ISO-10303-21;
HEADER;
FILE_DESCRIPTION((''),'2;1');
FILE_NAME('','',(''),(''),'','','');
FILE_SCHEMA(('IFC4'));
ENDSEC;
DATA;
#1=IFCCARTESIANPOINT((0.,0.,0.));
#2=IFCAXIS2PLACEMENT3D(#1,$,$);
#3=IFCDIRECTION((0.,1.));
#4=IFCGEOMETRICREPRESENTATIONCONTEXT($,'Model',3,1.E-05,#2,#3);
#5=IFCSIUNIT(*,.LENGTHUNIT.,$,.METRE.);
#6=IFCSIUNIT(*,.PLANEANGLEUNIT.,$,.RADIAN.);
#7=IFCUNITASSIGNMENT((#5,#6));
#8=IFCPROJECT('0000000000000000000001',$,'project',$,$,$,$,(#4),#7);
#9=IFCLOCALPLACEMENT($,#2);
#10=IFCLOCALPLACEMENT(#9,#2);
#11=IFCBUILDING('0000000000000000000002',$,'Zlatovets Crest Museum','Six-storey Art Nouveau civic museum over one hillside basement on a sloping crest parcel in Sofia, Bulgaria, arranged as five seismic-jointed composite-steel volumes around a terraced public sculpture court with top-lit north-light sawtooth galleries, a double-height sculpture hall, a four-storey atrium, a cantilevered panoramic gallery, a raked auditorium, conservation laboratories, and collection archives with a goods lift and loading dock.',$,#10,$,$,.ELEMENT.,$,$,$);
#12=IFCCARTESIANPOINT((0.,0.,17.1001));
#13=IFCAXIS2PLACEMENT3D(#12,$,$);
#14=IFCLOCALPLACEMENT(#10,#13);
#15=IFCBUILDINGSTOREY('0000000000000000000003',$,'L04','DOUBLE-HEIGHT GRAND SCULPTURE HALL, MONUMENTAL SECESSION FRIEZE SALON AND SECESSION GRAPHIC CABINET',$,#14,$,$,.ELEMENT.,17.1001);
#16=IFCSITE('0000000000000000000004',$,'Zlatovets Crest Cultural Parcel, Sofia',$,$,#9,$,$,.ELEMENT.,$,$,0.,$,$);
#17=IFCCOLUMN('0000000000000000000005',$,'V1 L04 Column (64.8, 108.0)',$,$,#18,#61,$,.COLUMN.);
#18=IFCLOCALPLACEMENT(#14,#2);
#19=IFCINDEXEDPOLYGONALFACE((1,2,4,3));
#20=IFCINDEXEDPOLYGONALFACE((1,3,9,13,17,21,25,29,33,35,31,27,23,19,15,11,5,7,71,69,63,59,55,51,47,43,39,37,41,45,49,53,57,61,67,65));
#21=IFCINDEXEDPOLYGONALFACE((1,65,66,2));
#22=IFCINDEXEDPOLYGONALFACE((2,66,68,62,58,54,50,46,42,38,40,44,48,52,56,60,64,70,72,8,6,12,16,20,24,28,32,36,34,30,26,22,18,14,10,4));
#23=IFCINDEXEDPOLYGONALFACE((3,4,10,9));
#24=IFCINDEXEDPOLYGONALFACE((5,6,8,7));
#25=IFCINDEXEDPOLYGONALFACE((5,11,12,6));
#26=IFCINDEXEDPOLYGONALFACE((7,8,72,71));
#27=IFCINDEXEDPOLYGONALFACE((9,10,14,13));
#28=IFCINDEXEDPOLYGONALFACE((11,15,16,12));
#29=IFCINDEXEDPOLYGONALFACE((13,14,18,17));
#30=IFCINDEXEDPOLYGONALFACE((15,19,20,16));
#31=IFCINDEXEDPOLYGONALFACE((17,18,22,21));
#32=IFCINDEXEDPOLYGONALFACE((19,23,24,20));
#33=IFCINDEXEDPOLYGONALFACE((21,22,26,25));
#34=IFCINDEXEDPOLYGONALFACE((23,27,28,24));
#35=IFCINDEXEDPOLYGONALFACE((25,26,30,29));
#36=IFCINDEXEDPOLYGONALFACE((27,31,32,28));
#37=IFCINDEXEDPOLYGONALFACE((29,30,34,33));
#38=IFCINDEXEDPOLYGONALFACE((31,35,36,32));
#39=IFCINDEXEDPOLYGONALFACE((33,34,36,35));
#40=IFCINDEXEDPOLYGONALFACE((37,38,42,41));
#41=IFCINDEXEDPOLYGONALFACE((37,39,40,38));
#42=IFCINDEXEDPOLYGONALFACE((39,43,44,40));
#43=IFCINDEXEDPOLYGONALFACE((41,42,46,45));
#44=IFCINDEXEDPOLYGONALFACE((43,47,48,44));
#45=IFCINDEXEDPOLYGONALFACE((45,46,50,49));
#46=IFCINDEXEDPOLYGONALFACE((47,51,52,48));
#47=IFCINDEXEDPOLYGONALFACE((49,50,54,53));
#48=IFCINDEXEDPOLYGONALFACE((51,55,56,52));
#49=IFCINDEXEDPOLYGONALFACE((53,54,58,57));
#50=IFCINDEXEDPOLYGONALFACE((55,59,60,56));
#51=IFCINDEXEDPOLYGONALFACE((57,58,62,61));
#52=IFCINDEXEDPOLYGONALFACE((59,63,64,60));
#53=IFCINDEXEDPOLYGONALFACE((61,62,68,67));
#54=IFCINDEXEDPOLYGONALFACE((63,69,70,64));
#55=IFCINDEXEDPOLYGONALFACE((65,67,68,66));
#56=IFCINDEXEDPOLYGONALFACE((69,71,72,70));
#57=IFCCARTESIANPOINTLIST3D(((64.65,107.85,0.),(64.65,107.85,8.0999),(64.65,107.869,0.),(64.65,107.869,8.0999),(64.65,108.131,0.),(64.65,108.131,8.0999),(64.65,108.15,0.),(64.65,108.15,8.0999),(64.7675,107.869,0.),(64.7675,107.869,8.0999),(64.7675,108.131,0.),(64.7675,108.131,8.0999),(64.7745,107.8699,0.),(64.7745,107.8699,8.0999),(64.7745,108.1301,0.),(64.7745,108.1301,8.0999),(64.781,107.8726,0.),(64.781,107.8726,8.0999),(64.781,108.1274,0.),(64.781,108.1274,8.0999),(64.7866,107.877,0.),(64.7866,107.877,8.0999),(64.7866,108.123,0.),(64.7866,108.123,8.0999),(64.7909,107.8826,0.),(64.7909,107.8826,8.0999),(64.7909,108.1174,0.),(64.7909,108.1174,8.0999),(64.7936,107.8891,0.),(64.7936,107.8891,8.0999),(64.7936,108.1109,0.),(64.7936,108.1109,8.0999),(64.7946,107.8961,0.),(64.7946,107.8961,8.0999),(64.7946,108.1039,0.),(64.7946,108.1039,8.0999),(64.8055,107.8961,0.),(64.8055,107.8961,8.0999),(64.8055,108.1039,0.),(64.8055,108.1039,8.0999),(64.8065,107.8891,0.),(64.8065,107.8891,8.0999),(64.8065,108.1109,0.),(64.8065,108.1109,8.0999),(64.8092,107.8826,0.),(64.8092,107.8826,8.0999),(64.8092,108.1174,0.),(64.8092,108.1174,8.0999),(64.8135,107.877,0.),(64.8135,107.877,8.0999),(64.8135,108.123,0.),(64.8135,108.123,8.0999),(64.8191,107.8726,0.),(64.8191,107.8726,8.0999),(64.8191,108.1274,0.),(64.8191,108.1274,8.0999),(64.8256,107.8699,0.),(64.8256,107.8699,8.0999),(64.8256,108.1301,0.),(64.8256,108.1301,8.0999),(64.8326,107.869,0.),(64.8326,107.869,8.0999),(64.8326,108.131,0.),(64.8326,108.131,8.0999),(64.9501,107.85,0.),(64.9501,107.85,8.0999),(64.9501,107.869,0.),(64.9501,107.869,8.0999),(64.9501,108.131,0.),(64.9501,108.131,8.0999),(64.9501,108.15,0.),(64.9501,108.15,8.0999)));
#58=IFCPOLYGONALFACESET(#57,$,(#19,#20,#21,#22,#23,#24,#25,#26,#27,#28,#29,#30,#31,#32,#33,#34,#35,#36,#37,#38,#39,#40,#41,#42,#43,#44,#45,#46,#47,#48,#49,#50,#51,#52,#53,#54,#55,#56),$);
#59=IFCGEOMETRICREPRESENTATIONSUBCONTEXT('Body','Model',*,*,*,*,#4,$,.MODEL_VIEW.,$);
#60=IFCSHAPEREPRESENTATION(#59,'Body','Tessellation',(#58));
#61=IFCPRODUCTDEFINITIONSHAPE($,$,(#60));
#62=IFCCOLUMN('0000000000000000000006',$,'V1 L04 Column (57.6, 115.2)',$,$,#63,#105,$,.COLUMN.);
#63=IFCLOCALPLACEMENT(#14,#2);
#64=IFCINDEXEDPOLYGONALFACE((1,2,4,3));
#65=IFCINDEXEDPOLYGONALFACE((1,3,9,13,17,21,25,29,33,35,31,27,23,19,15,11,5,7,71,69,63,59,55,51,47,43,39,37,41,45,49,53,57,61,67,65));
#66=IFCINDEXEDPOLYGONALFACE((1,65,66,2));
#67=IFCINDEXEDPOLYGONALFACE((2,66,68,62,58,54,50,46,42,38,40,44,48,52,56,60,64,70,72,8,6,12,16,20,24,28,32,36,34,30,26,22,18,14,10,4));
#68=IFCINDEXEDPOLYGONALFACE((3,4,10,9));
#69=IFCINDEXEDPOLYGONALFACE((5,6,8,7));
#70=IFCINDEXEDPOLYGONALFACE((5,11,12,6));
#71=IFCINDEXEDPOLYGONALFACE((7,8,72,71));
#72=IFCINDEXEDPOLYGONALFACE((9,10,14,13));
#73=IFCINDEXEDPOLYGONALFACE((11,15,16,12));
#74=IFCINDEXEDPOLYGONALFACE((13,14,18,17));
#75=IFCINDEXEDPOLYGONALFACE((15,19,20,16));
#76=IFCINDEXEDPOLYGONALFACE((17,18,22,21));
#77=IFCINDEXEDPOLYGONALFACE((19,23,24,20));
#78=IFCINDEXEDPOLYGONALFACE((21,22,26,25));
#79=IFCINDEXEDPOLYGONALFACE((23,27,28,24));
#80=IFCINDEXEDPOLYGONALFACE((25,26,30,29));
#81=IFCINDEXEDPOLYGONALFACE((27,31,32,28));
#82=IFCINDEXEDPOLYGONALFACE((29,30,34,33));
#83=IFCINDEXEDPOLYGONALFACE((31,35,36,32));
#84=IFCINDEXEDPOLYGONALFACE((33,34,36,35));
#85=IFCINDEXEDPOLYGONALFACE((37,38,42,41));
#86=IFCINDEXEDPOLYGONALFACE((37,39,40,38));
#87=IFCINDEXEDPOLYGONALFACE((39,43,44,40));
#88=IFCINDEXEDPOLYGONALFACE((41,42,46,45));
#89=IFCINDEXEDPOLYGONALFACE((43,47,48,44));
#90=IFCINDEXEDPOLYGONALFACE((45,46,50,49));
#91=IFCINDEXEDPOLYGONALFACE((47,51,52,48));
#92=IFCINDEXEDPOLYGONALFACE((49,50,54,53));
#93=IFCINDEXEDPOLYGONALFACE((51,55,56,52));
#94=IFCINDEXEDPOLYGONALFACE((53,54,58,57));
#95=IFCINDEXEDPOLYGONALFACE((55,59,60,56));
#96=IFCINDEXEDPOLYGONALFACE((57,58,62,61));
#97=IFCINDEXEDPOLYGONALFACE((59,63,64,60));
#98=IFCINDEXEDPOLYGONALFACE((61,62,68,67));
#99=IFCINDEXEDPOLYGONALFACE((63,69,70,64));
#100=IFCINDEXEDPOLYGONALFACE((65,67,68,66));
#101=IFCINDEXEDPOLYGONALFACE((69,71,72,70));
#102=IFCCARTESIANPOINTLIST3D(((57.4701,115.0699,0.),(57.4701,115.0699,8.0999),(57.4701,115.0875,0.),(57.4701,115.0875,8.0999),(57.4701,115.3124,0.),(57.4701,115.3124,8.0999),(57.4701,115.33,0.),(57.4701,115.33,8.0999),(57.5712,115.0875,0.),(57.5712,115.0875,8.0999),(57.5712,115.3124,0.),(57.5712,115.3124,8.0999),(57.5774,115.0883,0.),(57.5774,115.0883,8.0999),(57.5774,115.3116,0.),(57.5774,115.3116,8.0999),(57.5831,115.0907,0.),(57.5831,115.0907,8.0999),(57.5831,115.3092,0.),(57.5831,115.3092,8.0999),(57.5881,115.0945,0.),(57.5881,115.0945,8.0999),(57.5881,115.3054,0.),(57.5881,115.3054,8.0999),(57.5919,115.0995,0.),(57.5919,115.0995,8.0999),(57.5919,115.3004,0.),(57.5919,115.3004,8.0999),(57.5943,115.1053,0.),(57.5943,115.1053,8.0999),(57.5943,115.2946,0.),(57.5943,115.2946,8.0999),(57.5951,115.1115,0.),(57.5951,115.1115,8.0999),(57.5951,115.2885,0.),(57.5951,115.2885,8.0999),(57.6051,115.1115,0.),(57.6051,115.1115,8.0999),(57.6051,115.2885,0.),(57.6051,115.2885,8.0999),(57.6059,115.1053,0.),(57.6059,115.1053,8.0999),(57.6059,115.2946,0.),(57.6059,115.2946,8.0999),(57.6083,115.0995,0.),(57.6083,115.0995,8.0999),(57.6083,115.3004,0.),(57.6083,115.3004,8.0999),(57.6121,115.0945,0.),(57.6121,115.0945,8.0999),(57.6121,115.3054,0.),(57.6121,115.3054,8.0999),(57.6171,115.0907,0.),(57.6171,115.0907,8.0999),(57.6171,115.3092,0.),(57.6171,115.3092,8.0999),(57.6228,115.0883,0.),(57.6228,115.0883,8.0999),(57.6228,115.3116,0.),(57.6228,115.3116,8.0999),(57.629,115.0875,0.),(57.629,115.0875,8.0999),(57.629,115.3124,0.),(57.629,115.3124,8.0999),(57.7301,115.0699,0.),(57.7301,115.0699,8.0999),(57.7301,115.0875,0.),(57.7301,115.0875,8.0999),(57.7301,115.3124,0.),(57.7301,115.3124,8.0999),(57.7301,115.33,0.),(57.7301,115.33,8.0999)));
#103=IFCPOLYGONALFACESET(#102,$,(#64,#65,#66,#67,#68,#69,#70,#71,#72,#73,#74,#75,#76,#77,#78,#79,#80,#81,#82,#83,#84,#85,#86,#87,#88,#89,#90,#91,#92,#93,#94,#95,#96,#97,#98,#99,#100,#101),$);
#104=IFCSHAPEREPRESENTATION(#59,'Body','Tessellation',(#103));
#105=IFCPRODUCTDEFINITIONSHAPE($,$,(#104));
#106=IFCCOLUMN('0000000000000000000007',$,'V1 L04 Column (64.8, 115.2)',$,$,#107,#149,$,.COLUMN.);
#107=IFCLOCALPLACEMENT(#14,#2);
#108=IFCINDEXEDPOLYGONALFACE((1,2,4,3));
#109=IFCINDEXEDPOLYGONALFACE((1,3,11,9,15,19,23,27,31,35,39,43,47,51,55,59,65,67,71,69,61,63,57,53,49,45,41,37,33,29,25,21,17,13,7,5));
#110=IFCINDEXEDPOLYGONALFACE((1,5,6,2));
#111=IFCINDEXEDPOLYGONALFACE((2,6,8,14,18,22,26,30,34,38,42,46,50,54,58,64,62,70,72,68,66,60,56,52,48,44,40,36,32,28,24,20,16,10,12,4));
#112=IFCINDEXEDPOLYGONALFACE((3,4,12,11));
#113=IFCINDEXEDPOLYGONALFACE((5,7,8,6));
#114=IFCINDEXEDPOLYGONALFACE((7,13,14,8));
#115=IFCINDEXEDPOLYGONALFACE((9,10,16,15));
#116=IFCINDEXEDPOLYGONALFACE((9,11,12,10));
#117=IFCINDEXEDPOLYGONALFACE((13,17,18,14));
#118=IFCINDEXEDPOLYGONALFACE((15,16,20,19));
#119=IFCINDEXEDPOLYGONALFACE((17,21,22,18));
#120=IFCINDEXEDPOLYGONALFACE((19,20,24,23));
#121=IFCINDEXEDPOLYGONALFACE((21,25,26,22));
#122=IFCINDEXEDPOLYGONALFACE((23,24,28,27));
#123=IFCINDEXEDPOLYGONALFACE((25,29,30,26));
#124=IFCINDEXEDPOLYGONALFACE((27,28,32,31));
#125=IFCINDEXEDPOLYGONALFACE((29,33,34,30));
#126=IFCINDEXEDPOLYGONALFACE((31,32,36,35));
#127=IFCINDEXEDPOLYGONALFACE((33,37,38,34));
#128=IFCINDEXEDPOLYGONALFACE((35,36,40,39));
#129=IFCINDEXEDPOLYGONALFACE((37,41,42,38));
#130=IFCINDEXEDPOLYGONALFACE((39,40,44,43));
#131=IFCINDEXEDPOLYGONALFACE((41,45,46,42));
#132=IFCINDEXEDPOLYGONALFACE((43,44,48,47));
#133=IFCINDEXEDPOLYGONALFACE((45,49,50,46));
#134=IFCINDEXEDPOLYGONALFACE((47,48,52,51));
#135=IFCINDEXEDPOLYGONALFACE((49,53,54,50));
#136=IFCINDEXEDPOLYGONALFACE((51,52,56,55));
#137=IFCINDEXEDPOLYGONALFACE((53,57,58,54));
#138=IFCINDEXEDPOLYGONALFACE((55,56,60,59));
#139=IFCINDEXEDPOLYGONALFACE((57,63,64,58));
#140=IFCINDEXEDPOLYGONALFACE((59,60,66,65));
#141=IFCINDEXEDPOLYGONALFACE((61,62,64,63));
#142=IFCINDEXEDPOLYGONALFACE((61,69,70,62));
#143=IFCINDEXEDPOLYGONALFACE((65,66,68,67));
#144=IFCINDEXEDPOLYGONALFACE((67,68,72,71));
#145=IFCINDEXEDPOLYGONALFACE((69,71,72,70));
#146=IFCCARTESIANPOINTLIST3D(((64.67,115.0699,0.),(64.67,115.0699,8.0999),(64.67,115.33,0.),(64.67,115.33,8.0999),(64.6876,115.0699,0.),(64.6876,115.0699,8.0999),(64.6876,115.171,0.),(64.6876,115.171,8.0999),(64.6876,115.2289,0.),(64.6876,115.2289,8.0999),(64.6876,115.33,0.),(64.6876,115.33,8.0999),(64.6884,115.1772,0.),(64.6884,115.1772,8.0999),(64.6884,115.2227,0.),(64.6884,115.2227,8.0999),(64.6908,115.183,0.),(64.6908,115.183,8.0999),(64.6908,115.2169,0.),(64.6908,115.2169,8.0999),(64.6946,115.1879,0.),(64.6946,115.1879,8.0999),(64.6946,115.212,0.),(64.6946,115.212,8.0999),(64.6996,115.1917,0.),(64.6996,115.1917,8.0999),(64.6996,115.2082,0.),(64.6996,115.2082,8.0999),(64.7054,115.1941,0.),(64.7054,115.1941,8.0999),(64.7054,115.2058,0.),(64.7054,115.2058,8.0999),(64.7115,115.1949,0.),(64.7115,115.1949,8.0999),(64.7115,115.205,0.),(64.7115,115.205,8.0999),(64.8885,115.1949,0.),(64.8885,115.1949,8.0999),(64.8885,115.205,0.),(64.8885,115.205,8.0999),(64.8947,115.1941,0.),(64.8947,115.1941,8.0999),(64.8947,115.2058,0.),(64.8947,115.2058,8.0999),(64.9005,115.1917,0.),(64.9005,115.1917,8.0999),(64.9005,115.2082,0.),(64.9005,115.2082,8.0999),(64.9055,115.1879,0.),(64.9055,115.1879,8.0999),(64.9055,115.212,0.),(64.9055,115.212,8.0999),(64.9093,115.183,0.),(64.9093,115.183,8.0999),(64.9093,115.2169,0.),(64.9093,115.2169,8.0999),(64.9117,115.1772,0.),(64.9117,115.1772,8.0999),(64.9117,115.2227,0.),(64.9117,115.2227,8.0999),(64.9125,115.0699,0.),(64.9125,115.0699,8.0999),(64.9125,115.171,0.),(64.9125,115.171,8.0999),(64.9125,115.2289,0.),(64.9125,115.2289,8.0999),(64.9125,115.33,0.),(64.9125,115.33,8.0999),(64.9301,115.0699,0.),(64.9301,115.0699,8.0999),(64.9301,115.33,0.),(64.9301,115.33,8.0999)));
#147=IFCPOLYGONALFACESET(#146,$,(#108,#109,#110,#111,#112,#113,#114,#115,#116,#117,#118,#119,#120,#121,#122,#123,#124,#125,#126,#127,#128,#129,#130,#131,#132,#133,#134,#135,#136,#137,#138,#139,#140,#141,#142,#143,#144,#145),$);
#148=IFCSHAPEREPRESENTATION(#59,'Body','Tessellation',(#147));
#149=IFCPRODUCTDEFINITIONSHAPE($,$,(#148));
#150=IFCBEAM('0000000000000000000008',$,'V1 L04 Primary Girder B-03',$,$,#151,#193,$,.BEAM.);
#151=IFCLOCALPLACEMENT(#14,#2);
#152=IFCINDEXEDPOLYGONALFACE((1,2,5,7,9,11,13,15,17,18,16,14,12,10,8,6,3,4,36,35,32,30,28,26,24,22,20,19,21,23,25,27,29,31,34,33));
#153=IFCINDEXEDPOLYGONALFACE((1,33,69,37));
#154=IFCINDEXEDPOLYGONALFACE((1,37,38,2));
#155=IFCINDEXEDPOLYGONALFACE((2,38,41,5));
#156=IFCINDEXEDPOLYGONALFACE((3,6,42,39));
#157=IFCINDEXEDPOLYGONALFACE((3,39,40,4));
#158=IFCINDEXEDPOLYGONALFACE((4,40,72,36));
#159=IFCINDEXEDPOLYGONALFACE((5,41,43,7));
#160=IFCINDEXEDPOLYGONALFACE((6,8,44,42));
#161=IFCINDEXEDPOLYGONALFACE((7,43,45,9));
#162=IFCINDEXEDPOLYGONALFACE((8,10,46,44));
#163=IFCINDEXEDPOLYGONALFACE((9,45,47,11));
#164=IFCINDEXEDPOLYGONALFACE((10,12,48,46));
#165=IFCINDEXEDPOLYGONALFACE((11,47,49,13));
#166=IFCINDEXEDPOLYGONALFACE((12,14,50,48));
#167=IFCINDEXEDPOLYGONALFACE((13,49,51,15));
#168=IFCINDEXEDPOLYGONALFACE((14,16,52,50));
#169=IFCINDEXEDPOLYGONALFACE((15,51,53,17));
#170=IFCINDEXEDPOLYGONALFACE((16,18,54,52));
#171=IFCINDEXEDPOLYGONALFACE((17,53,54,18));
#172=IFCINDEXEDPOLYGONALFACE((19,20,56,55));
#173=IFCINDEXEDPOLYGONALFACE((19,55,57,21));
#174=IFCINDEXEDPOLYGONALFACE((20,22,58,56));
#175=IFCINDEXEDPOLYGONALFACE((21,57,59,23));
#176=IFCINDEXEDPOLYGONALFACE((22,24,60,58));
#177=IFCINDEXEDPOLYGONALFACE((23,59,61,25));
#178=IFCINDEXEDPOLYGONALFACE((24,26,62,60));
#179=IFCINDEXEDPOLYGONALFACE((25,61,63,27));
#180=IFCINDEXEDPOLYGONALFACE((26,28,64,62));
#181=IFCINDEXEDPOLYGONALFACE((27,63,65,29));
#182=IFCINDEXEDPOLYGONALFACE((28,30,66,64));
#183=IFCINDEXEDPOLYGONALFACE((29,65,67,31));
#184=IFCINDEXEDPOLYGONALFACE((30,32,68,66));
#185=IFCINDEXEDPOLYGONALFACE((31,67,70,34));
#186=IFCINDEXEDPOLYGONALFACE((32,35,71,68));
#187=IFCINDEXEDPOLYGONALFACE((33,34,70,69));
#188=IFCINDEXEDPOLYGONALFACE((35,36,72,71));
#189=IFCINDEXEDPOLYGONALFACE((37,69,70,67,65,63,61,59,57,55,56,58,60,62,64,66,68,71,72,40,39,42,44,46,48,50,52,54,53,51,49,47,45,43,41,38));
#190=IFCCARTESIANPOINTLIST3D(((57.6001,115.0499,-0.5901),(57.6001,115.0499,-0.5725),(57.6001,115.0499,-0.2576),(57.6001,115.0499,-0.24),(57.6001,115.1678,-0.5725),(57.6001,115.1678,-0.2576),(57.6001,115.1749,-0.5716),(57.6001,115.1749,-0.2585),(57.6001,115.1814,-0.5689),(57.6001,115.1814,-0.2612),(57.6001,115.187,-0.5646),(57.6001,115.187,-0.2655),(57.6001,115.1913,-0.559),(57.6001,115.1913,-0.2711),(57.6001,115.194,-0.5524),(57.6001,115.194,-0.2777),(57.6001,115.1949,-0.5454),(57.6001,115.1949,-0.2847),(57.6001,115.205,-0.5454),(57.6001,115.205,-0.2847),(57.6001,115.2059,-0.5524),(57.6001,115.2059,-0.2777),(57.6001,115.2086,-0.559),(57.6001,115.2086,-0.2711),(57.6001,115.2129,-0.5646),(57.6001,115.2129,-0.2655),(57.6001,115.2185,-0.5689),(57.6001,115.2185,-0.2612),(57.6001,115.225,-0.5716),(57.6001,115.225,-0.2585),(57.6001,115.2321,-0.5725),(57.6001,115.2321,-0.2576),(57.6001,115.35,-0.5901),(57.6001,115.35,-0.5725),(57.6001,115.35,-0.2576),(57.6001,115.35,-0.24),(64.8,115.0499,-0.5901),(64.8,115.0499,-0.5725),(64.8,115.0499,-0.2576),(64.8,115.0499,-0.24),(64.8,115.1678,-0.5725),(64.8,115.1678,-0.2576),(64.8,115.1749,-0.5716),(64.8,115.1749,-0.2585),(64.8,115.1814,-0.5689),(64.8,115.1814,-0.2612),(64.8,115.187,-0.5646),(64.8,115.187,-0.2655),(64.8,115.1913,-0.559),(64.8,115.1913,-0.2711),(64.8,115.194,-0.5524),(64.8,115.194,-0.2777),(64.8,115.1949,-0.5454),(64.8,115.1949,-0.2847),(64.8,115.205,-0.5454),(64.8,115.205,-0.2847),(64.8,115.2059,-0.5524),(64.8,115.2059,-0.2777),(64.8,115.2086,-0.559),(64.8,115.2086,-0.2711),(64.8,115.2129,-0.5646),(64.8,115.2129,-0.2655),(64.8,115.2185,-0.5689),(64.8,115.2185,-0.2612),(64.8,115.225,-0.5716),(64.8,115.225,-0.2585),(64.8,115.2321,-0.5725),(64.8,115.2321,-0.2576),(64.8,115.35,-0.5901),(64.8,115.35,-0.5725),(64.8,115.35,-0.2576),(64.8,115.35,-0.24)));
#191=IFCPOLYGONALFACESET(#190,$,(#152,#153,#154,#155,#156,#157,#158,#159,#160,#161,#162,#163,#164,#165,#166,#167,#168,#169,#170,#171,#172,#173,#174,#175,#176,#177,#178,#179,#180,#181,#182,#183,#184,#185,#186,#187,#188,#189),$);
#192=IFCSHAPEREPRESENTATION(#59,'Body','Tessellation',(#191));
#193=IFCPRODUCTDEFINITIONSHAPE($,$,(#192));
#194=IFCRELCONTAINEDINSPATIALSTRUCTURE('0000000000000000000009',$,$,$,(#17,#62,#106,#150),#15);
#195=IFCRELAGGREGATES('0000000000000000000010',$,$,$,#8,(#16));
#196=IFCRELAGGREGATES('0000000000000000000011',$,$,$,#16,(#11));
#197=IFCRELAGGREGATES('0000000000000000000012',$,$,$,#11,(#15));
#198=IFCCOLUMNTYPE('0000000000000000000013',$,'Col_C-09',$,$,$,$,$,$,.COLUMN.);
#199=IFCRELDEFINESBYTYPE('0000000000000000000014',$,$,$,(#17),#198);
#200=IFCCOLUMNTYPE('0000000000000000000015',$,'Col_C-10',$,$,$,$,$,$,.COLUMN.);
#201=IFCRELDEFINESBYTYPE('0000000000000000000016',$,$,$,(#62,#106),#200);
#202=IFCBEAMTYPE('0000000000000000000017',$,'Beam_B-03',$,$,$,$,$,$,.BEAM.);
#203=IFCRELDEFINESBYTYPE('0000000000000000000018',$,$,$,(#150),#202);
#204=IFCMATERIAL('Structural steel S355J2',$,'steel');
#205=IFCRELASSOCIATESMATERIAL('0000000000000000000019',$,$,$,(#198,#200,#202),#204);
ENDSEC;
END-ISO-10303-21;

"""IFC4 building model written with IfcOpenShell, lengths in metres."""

from ifc_helpers import new_model, si_unit, direction, frame, origin, origin_2d, place, context, subcontext, project, spatial, i_section, extrude, material, material_profile, profile_set, type_object, element, save


model = new_model("IFC4")

# Units and contexts
model_context = context("Model", 3, precision=1e-05, world=origin(), true_north=direction((0.0, 1.0)))
body_context = subcontext(model_context, "Body", "Model", "MODEL_VIEW")
ifc_project = project(units=[si_unit("LENGTHUNIT", "METRE"), si_unit("PLANEANGLEUNIT", "RADIAN")], contexts=[model_context])

# Site, building, storey
site_placement = place(None, origin())
site = spatial("IfcSite", under=ifc_project, at=site_placement, Name="Zlatovets Crest Cultural Parcel, Sofia", CompositionType="ELEMENT", RefElevation=0.0)
building_placement = place(site_placement, origin())
building = spatial("IfcBuilding", under=site, at=building_placement, Name="Zlatovets Crest Museum", Description="Six-storey Art Nouveau civic museum over one hillside basement on a sloping crest parcel in Sofia, Bulgaria, arranged as five seismic-jointed composite-steel volumes around a terraced public sculpture court with top-lit north-light sawtooth galleries, a double-height sculpture hall, a four-storey atrium, a cantilevered panoramic gallery, a raked auditorium, conservation laboratories, and collection archives with a goods lift and loading dock.", CompositionType="ELEMENT")
storey_placement = place(building_placement, frame((0.0, 0.0, 17.1001)))
storey = spatial("IfcBuildingStorey", under=building, at=storey_placement, Name="L04", Description="DOUBLE-HEIGHT GRAND SCULPTURE HALL, MONUMENTAL SECESSION FRIEZE SALON AND SECESSION GRAPHIC CABINET", CompositionType="ELEMENT", Elevation=17.1001)

# Columns
ifc_material_1 = material(Name="Structural steel S355J2", Category="steel")
ifc_material_profile_1 = material_profile(ifc_material_1, i_section(OverallWidth=0.3, OverallDepth=0.3, WebThickness=0.011, FlangeThickness=0.019, FilletRadius=0.0271, at=origin_2d()), Name="HEB 300")
ifc_profile_set_1 = profile_set([ifc_material_profile_1], Name="Structural steel S355J2")
column_type_1 = type_object("IfcColumnType", Name="Col_C-09", PredefinedType="COLUMN", material=ifc_profile_set_1)
column_placement = place(storey_placement, frame((64.8, 108.0, 0.0), z_axis=(0.0, 0.0, 1.0), x_axis=(1.0, 0.0, 0.0)))
element("IfcColumn", 1, at=column_placement, inside=storey, type_object=column_type_1, Name="V1 L04 Column (64.8, 108.0)", PredefinedType="COLUMN", context=body_context, shape_type="SweptSolid", body=[
    extrude(i_section(OverallWidth=0.3, OverallDepth=0.3, WebThickness=0.011, FlangeThickness=0.019, FilletRadius=0.0271, at=origin_2d()), origin(), (0.0, 0.0, 1.0), 8.0999),
])
ifc_material_profile_2 = material_profile(ifc_material_1, i_section(OverallWidth=0.26, OverallDepth=0.26, WebThickness=0.01, FlangeThickness=0.0176, FilletRadius=0.0239, at=origin_2d()), Name="HEB 260")
ifc_profile_set_2 = profile_set([ifc_material_profile_2], Name="Structural steel S355J2")
column_type_2 = type_object("IfcColumnType", Name="Col_C-10", PredefinedType="COLUMN", material=ifc_profile_set_2)
for number, where, z_axis, x_axis, name in (
    (2, (57.6001, 115.2, 0.0), (0.0, 0.0, 1.0), (1.0, 0.0, 0.0), "V1 L04 Column (57.6, 115.2)"),
    (3, (64.8, 115.2, 0.0), (0.0, 0.0, 1.0), (0.0, 1.0, 0.0), "V1 L04 Column (64.8, 115.2)"),
):
    element("IfcColumn", number, at=place(storey_placement, frame(where, z_axis=z_axis, x_axis=x_axis)), inside=storey, type_object=column_type_2, Name=name, PredefinedType="COLUMN", context=body_context, shape_type="SweptSolid", body=[
        extrude(i_section(OverallWidth=0.26, OverallDepth=0.26, WebThickness=0.01, FlangeThickness=0.0176, FilletRadius=0.0239, at=origin_2d()), origin(), (0.0, 0.0, 1.0), 8.0999),
    ])

# Beam
ifc_material_profile_3 = material_profile(ifc_material_1, i_section(OverallWidth=0.3, OverallDepth=0.3501, WebThickness=0.01, FlangeThickness=0.0176, FilletRadius=0.0271, at=origin_2d()), Name="HEA 360")
ifc_profile_set_3 = profile_set([ifc_material_profile_3], Name="Structural steel S355J2")
beam_type_1 = type_object("IfcBeamType", Name="Beam_B-03", PredefinedType="BEAM", material=ifc_profile_set_3)
for number, where, z_axis, x_axis, name in (
    (4, (57.6001, 115.2, -0.415), (1.0, 0.0, 0.0), (0.0, 1.0, 0.0), "V1 L04 Primary Girder B-03"),
):
    element("IfcBeam", number, at=place(storey_placement, frame(where, z_axis=z_axis, x_axis=x_axis)), inside=storey, type_object=beam_type_1, Name=name, PredefinedType="BEAM", context=body_context, shape_type="SweptSolid", body=[
        extrude(i_section(OverallWidth=0.3, OverallDepth=0.3501, WebThickness=0.01, FlangeThickness=0.0176, FilletRadius=0.0271, at=origin_2d()), origin(), (0.0, 0.0, 1.0), 7.2),
    ])

save(model, "model.ifc")
